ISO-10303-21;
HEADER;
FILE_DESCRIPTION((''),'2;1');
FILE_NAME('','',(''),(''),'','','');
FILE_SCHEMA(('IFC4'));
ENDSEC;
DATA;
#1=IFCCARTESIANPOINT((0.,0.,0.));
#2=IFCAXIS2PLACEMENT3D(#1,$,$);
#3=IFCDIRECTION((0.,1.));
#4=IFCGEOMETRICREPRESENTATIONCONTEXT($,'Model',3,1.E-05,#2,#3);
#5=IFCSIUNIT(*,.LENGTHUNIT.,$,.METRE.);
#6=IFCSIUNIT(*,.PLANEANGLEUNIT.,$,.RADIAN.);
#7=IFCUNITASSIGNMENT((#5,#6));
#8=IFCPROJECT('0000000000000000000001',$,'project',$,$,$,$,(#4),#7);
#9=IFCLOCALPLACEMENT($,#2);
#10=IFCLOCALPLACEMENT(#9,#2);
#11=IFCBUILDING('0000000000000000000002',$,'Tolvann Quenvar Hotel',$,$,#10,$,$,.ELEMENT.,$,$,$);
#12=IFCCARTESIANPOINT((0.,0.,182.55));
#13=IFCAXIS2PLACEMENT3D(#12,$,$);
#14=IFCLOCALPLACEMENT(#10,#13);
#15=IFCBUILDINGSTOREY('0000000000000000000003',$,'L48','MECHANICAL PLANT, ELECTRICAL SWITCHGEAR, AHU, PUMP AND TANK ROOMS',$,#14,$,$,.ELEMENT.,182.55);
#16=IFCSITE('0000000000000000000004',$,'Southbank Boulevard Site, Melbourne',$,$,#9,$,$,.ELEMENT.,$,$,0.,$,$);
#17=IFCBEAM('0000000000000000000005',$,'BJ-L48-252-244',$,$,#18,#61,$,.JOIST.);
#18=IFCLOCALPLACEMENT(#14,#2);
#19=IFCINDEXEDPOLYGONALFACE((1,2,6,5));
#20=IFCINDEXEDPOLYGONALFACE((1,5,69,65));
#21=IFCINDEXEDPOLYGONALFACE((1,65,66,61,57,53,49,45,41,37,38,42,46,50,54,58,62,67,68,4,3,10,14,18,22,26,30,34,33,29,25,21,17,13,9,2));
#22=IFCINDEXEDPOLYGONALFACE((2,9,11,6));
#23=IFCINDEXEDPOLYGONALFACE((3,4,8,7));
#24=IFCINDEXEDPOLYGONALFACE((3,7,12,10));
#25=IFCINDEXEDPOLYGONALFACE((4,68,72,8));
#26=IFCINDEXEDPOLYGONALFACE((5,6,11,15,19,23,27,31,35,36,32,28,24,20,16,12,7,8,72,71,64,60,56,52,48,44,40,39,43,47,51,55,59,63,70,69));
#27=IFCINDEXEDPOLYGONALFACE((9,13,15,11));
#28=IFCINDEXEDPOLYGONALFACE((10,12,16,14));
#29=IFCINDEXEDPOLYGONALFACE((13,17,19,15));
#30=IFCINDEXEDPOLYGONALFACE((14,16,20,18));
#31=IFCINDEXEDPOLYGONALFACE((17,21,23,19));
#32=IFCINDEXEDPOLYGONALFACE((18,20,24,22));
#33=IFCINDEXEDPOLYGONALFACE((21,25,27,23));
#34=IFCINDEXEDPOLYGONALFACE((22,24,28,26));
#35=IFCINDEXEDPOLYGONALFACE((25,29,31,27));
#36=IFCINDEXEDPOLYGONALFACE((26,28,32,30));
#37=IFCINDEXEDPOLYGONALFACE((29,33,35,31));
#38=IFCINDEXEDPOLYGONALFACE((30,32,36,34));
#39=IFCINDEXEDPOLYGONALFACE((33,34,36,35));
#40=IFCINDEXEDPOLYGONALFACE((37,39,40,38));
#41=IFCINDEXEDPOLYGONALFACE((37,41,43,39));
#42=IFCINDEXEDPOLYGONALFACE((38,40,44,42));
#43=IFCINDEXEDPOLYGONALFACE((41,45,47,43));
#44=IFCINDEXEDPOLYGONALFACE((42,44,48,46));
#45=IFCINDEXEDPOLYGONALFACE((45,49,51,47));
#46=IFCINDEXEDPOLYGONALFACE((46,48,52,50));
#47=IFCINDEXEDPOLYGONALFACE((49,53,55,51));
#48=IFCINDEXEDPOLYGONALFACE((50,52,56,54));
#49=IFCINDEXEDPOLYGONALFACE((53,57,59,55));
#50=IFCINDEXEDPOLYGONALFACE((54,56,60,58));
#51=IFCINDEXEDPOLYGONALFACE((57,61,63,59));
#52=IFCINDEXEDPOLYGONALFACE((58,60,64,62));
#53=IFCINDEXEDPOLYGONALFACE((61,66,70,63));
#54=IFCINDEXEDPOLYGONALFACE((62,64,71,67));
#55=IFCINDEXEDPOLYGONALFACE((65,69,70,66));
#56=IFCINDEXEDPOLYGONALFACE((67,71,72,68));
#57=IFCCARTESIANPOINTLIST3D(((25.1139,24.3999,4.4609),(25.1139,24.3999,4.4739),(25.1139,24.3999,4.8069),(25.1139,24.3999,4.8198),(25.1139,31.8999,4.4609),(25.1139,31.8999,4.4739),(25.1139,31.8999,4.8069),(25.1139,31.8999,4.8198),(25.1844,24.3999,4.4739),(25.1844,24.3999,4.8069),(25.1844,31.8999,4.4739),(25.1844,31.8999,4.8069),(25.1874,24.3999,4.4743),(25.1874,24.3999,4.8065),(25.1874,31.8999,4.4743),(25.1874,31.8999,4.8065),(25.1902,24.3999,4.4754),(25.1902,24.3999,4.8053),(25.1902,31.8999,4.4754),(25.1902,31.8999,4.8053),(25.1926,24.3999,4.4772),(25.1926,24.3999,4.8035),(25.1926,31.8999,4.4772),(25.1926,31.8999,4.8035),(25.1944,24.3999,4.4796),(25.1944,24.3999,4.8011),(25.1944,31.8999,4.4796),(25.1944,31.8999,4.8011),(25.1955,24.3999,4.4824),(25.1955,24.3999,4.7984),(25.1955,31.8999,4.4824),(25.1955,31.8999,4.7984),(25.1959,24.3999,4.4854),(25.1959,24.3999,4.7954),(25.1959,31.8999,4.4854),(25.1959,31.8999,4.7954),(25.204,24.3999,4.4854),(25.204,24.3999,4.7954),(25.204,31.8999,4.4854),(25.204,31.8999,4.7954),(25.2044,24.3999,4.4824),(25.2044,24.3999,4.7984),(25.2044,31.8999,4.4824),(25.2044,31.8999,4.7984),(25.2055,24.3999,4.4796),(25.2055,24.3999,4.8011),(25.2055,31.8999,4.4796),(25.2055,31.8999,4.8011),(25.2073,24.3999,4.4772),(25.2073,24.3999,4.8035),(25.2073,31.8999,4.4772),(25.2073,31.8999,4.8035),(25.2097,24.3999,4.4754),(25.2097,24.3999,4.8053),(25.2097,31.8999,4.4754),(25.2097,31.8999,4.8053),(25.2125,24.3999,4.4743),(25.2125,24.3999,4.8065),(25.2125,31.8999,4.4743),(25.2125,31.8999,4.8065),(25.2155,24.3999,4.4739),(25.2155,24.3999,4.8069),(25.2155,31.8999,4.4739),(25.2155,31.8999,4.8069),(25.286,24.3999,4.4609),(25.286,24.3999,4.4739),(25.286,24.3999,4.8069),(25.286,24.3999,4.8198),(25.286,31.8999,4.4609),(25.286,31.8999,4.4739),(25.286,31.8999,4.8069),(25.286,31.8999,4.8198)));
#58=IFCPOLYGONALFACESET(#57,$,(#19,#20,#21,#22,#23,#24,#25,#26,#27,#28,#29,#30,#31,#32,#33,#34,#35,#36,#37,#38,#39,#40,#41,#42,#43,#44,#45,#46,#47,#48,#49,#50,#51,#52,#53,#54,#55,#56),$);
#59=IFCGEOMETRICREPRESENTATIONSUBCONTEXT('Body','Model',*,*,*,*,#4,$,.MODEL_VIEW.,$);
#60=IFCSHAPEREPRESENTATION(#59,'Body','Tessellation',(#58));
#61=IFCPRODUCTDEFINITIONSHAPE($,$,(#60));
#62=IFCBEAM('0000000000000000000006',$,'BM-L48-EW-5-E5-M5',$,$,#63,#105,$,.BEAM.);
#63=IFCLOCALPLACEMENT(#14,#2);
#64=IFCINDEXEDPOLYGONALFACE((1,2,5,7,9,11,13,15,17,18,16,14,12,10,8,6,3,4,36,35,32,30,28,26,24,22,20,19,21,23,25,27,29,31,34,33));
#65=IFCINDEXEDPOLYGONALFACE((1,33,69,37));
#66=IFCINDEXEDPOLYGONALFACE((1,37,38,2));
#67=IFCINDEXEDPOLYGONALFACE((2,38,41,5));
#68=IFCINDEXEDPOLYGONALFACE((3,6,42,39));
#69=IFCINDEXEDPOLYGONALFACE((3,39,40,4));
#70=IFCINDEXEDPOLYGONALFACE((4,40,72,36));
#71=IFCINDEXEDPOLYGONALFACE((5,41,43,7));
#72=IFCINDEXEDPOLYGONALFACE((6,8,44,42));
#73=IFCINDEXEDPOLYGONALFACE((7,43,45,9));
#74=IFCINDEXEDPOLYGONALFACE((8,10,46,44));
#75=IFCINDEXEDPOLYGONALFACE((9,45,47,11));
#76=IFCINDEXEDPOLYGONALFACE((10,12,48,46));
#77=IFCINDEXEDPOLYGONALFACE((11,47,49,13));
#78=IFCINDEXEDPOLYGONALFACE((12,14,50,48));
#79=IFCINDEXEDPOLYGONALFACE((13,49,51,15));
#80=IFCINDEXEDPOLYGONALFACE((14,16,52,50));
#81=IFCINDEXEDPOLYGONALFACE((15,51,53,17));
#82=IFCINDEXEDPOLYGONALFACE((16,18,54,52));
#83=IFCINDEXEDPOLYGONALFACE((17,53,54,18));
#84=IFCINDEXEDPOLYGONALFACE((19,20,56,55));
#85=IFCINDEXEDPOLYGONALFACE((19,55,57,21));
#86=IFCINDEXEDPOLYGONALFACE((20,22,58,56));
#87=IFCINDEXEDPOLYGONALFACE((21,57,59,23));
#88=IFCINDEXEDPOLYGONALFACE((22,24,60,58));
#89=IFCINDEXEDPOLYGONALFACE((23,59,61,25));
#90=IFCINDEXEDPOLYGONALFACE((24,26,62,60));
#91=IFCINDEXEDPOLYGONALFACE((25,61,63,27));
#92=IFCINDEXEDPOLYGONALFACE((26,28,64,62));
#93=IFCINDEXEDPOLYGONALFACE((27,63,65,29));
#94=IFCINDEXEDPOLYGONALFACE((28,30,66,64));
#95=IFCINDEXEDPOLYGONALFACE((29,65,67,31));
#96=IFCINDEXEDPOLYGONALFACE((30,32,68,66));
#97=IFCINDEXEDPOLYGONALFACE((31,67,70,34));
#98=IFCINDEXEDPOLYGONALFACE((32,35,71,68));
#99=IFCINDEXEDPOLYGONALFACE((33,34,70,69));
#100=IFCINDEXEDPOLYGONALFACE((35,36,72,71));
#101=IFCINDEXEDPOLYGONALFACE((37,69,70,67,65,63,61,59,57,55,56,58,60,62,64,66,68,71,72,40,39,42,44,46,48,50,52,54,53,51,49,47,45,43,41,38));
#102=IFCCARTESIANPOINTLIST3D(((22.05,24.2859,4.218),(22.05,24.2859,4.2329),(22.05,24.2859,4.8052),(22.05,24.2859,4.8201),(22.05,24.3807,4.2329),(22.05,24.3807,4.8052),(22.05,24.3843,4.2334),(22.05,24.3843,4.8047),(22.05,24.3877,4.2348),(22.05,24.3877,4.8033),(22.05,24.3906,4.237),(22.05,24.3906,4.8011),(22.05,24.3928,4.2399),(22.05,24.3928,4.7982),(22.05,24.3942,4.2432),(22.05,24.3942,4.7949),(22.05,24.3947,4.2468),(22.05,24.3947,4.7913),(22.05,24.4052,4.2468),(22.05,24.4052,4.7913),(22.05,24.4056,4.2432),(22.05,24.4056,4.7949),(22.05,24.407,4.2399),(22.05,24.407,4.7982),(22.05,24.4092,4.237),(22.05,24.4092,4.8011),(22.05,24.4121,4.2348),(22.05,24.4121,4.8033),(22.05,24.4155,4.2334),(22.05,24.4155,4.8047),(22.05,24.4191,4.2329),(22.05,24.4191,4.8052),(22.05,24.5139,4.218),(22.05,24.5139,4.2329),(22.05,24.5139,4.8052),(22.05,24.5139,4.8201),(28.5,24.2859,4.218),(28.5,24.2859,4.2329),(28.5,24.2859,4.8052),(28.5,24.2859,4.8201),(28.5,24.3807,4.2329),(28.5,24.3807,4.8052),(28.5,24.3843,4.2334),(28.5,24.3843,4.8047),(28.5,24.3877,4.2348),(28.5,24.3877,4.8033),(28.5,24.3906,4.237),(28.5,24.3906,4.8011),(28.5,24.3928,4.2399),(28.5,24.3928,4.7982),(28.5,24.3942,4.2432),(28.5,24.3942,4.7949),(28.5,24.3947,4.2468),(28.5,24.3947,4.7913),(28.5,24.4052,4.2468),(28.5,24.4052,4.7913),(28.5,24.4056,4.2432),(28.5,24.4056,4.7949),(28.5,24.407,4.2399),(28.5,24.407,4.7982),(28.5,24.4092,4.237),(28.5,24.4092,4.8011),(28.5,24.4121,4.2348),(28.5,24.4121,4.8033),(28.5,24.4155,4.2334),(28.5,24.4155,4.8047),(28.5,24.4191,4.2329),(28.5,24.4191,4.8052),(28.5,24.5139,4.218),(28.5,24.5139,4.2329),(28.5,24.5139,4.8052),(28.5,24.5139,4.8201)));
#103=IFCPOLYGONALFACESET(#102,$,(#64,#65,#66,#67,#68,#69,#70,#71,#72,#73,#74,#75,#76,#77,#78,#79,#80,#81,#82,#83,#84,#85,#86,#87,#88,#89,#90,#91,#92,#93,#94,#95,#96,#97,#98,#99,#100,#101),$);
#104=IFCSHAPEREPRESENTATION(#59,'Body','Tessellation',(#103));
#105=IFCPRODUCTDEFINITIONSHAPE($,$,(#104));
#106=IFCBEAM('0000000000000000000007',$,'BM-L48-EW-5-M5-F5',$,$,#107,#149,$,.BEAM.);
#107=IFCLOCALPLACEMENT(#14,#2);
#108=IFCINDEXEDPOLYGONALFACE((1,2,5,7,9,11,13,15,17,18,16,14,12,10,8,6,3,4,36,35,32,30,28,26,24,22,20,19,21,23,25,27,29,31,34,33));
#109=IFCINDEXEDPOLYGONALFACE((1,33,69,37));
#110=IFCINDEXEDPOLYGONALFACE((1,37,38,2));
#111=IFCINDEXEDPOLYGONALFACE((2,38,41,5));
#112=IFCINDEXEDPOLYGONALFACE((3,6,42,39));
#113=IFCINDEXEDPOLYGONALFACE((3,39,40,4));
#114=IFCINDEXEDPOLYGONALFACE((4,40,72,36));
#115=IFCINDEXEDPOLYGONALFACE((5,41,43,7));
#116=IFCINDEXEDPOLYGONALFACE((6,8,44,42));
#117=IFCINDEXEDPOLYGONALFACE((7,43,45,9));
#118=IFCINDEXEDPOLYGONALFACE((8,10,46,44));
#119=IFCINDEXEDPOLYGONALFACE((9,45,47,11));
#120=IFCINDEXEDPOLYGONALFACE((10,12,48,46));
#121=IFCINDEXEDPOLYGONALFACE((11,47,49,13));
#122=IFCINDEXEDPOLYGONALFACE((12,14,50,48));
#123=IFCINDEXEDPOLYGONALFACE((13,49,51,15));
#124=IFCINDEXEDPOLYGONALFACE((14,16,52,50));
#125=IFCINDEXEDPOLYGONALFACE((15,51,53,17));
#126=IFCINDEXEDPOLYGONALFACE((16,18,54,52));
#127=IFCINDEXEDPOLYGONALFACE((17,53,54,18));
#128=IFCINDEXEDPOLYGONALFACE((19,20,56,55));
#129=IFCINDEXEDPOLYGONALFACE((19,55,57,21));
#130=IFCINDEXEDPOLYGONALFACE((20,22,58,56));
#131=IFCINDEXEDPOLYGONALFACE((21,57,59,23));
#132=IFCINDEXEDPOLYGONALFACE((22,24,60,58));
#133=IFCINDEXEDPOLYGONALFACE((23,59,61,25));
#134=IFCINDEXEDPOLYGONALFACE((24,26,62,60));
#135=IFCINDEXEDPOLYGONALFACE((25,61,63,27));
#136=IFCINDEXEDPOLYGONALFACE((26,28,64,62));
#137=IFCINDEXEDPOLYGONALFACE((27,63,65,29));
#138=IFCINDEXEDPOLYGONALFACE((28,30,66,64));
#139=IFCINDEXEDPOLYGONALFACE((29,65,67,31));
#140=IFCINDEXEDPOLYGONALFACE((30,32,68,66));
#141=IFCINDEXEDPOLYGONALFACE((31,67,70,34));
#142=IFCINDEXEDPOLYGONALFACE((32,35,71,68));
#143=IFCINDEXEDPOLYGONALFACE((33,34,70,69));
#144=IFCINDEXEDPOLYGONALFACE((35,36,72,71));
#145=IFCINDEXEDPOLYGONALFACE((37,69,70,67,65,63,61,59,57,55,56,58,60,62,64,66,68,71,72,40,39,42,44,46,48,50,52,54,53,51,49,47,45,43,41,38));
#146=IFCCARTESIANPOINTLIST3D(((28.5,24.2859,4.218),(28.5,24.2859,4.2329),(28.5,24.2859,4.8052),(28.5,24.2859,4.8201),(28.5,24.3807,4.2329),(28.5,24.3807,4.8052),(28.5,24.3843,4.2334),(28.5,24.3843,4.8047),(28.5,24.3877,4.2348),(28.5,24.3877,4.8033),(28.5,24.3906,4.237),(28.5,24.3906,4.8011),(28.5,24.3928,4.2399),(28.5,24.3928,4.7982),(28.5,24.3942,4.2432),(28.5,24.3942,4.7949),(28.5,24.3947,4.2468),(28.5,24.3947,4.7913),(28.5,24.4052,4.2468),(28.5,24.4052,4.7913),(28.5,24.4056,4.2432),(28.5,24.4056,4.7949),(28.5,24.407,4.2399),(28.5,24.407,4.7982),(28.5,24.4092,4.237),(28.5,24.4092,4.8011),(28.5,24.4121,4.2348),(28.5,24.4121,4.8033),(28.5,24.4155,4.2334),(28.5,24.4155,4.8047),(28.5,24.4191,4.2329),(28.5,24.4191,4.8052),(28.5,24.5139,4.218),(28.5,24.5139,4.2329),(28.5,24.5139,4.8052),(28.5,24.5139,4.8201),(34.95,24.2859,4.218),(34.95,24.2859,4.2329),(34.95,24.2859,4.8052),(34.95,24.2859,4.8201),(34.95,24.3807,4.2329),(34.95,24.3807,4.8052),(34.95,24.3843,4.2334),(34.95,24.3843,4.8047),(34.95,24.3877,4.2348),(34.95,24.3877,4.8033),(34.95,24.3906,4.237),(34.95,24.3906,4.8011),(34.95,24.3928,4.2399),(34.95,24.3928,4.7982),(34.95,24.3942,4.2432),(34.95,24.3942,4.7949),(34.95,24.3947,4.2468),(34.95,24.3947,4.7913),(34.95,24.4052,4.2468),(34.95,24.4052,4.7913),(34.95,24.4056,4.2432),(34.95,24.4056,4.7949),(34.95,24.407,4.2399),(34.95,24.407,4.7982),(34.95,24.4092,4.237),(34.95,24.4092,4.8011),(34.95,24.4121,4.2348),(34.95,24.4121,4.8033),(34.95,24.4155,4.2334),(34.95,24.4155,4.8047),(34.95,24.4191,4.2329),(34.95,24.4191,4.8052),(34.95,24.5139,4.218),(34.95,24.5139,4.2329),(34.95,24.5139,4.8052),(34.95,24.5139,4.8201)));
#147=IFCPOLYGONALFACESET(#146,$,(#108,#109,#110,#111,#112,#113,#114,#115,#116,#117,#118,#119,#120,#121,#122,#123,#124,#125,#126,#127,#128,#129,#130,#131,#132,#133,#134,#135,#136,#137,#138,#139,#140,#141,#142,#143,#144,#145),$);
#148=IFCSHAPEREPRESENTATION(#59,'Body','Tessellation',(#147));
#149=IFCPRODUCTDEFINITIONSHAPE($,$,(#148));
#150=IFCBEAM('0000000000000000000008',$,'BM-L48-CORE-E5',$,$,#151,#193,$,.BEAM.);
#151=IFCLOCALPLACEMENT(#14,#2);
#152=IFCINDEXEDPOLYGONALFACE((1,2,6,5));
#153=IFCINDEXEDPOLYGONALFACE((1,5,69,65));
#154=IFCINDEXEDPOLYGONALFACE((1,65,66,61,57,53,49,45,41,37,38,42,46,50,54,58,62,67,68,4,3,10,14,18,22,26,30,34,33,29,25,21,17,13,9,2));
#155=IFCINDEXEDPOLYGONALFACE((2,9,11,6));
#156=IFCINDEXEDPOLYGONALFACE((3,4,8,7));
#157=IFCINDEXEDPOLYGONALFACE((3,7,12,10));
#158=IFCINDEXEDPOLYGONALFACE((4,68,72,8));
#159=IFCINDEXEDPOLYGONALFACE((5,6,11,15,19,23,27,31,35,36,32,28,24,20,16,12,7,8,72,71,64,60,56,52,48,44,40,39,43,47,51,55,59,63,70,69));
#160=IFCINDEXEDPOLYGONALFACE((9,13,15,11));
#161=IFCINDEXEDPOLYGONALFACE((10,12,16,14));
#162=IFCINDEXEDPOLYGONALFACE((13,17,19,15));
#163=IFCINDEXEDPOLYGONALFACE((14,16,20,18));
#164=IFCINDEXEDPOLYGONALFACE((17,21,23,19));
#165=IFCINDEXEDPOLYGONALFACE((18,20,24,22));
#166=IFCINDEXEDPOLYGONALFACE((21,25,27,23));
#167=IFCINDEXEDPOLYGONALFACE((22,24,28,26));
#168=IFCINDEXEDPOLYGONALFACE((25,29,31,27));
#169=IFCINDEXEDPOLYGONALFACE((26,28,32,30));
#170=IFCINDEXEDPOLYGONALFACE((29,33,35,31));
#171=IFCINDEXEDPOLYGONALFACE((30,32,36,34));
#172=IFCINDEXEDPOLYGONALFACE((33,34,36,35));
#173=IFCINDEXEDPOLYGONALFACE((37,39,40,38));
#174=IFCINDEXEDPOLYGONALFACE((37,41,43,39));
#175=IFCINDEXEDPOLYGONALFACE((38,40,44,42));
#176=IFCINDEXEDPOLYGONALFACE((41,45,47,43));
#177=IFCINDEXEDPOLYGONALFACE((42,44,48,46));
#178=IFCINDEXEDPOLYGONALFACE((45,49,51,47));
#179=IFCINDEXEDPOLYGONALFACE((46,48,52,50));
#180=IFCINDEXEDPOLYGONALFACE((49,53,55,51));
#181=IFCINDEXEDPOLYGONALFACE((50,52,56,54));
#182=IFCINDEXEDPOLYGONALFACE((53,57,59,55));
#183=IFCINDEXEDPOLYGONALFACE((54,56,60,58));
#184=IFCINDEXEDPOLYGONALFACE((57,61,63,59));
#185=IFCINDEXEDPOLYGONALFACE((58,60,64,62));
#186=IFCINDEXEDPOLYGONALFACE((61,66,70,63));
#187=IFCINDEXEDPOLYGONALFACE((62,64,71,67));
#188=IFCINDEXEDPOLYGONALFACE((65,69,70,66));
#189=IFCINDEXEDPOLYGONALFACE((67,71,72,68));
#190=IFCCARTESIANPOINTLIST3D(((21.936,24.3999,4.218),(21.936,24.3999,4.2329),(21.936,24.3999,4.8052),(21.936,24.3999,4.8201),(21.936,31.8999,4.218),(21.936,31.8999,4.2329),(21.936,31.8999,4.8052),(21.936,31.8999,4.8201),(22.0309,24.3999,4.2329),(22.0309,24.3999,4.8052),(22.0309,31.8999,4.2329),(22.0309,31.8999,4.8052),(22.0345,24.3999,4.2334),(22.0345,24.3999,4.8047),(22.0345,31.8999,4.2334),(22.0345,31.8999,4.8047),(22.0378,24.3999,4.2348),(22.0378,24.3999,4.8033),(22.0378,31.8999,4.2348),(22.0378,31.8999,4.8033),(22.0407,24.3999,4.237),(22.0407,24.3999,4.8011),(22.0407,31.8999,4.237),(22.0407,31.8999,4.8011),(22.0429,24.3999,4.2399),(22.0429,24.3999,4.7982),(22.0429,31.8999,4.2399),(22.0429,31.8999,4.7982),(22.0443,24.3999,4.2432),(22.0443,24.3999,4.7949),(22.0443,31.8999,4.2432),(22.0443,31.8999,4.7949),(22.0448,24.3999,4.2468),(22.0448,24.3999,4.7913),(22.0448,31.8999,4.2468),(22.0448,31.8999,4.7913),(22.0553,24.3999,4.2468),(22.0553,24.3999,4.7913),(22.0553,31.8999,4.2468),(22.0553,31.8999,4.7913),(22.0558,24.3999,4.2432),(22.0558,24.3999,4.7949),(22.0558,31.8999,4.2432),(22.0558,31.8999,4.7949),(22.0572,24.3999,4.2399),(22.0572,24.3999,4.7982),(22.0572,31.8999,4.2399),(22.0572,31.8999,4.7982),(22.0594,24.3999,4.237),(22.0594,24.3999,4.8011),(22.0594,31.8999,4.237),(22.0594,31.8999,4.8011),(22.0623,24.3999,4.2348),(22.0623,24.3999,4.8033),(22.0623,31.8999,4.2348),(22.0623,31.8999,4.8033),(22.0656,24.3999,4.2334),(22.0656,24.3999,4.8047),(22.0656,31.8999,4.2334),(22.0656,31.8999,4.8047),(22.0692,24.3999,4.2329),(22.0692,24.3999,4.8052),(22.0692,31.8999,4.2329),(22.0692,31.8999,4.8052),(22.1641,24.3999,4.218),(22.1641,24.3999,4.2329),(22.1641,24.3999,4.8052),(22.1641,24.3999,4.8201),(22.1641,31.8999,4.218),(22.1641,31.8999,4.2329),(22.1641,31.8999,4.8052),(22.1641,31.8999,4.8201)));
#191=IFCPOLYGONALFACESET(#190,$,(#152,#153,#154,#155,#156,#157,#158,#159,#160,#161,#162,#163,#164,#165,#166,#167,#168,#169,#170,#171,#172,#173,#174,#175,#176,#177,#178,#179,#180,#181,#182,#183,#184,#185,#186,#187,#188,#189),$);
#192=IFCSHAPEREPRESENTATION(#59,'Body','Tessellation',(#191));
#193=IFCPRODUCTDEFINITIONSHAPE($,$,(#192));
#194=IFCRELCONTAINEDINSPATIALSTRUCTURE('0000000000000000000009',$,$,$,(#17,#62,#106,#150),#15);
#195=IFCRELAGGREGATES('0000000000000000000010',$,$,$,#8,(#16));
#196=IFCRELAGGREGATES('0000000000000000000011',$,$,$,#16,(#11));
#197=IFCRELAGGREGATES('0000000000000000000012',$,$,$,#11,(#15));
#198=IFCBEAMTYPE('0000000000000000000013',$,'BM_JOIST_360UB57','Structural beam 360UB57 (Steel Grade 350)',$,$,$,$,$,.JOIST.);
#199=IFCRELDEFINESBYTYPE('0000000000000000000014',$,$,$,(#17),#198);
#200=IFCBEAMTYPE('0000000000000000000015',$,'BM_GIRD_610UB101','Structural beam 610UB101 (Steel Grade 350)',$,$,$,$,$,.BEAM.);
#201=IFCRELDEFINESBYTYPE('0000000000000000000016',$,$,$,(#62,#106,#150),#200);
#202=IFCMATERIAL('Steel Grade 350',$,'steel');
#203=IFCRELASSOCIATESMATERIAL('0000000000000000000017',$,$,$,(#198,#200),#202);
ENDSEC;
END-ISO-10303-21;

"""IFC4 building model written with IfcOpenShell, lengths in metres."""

from ifc_helpers import new_model, si_unit, direction, frame, origin, origin_2d, place, context, subcontext, project, spatial, i_section, extrude, source, transform, mapped, material, material_profile, profile_set, type_object, type_shapes, element, save


model = new_model("IFC4")

# Units and contexts
model_context = context("Model", 3, precision=1e-05, world=origin(), true_north=direction((0.0, 1.0)))
body_context = subcontext(model_context, "Body", "Model", "MODEL_VIEW")
ifc_project = project(units=[si_unit("LENGTHUNIT", "METRE"), si_unit("PLANEANGLEUNIT", "RADIAN")], contexts=[model_context])

# Site, building, storey
site_placement = place(None, origin())
site = spatial("IfcSite", under=ifc_project, at=site_placement, Name="Southbank Boulevard Site, Melbourne", CompositionType="ELEMENT", RefElevation=0.0)
building_placement = place(site_placement, origin())
building = spatial("IfcBuilding", under=site, at=building_placement, Name="Tolvann Quenvar Hotel", CompositionType="ELEMENT")
storey_placement = place(building_placement, frame((0.0, 0.0, 182.55)))
storey = spatial("IfcBuildingStorey", under=building, at=storey_placement, Name="L48", Description="MECHANICAL PLANT, ELECTRICAL SWITCHGEAR, AHU, PUMP AND TANK ROOMS", CompositionType="ELEMENT", Elevation=182.55)

# Shared definitions
ifc_material_1 = material(Name="Steel Grade 350", Category="steel")

# Beams
ifc_material_profile_1 = material_profile(ifc_material_1, i_section(OverallWidth=0.1721, OverallDepth=0.3589, WebThickness=0.0081, FlangeThickness=0.0129, FilletRadius=0.0115, at=origin_2d()), Name="360UB57")
ifc_profile_set_1 = profile_set([ifc_material_profile_1], Name="Steel Grade 350")
beam_type_1 = type_object("IfcBeamType", Name="BM_JOIST_360UB57", Description="Structural beam 360UB57 (Steel Grade 350)", PredefinedType="JOIST", material=ifc_profile_set_1)
shared_shape_1 = source(origin(), body_context, "Body", "SweptSolid", [
    extrude(i_section(OverallWidth=0.1721, OverallDepth=0.3589, WebThickness=0.0081, FlangeThickness=0.0129, FilletRadius=0.0115, at=origin_2d()), origin(), (0.0, 0.0, 1.0), 7.5),
])
beam_1_placement = place(storey_placement, frame((25.2, 24.3999, 4.6404), z_axis=(0.0, 1.0, 0.0), x_axis=(-1.0, 0.0, 0.0)))
element("IfcBeam", 1, at=beam_1_placement, inside=storey, type_object=beam_type_1, Name="BJ-L48-252-244", PredefinedType="JOIST", context=body_context, shape_type="MappedRepresentation", body=[
    mapped(shared_shape_1, transform((0.0, 0.0, 0.0), x_axis=(1.0, 0.0, 0.0), y_axis=(0.0, 1.0, 0.0), z_axis=(0.0, 0.0, 1.0), scale=1.0)),
])
ifc_material_profile_2 = material_profile(ifc_material_1, i_section(OverallWidth=0.228, OverallDepth=0.6021, WebThickness=0.0105, FlangeThickness=0.0149, FilletRadius=0.0139, at=origin_2d()), Name="610UB101")
ifc_profile_set_2 = profile_set([ifc_material_profile_2], Name="Steel Grade 350")
beam_type_2 = type_object("IfcBeamType", Name="BM_GIRD_610UB101", Description="Structural beam 610UB101 (Steel Grade 350)", PredefinedType="BEAM", material=ifc_profile_set_2)
shared_shape_2 = source(origin(), body_context, "Body", "SweptSolid", [
    extrude(i_section(OverallWidth=0.228, OverallDepth=0.6021, WebThickness=0.0105, FlangeThickness=0.0149, FilletRadius=0.0139, at=origin_2d()), origin(), (0.0, 0.0, 1.0), 6.45),
])
for number, where, z_axis, x_axis, name in (
    (2, (22.05, 24.3999, 4.519), (1.0, 0.0, 0.0), (0.0, 1.0, 0.0), "BM-L48-EW-5-E5-M5"),
    (3, (28.5, 24.3999, 4.519), (1.0, 0.0, 0.0), (0.0, 1.0, 0.0), "BM-L48-EW-5-M5-F5"),
):
    element("IfcBeam", number, at=place(storey_placement, frame(where, z_axis=z_axis, x_axis=x_axis)), inside=storey, type_object=beam_type_2, Name=name, PredefinedType="BEAM", context=body_context, shape_type="MappedRepresentation", body=[
        mapped(shared_shape_2, transform((0.0, 0.0, 0.0), x_axis=(1.0, 0.0, 0.0), y_axis=(0.0, 1.0, 0.0), z_axis=(0.0, 0.0, 1.0), scale=1.0)),
    ])
shared_shape_3 = source(origin(), body_context, "Body", "SweptSolid", [
    extrude(i_section(OverallWidth=0.228, OverallDepth=0.6021, WebThickness=0.0105, FlangeThickness=0.0149, FilletRadius=0.0139, at=origin_2d()), origin(), (0.0, 0.0, 1.0), 7.5),
])
type_shapes(beam_type_2, [shared_shape_2, shared_shape_3])
for number, where, z_axis, x_axis, name in (
    (4, (22.05, 24.3999, 4.519), (0.0, 1.0, 0.0), (-1.0, 0.0, 0.0), "BM-L48-CORE-E5"),
):
    element("IfcBeam", number, at=place(storey_placement, frame(where, z_axis=z_axis, x_axis=x_axis)), inside=storey, type_object=beam_type_2, Name=name, PredefinedType="BEAM", context=body_context, shape_type="MappedRepresentation", body=[
        mapped(shared_shape_3, transform((0.0, 0.0, 0.0), x_axis=(1.0, 0.0, 0.0), y_axis=(0.0, 1.0, 0.0), z_axis=(0.0, 0.0, 1.0), scale=1.0)),
    ])

save(model, "model.ifc")
